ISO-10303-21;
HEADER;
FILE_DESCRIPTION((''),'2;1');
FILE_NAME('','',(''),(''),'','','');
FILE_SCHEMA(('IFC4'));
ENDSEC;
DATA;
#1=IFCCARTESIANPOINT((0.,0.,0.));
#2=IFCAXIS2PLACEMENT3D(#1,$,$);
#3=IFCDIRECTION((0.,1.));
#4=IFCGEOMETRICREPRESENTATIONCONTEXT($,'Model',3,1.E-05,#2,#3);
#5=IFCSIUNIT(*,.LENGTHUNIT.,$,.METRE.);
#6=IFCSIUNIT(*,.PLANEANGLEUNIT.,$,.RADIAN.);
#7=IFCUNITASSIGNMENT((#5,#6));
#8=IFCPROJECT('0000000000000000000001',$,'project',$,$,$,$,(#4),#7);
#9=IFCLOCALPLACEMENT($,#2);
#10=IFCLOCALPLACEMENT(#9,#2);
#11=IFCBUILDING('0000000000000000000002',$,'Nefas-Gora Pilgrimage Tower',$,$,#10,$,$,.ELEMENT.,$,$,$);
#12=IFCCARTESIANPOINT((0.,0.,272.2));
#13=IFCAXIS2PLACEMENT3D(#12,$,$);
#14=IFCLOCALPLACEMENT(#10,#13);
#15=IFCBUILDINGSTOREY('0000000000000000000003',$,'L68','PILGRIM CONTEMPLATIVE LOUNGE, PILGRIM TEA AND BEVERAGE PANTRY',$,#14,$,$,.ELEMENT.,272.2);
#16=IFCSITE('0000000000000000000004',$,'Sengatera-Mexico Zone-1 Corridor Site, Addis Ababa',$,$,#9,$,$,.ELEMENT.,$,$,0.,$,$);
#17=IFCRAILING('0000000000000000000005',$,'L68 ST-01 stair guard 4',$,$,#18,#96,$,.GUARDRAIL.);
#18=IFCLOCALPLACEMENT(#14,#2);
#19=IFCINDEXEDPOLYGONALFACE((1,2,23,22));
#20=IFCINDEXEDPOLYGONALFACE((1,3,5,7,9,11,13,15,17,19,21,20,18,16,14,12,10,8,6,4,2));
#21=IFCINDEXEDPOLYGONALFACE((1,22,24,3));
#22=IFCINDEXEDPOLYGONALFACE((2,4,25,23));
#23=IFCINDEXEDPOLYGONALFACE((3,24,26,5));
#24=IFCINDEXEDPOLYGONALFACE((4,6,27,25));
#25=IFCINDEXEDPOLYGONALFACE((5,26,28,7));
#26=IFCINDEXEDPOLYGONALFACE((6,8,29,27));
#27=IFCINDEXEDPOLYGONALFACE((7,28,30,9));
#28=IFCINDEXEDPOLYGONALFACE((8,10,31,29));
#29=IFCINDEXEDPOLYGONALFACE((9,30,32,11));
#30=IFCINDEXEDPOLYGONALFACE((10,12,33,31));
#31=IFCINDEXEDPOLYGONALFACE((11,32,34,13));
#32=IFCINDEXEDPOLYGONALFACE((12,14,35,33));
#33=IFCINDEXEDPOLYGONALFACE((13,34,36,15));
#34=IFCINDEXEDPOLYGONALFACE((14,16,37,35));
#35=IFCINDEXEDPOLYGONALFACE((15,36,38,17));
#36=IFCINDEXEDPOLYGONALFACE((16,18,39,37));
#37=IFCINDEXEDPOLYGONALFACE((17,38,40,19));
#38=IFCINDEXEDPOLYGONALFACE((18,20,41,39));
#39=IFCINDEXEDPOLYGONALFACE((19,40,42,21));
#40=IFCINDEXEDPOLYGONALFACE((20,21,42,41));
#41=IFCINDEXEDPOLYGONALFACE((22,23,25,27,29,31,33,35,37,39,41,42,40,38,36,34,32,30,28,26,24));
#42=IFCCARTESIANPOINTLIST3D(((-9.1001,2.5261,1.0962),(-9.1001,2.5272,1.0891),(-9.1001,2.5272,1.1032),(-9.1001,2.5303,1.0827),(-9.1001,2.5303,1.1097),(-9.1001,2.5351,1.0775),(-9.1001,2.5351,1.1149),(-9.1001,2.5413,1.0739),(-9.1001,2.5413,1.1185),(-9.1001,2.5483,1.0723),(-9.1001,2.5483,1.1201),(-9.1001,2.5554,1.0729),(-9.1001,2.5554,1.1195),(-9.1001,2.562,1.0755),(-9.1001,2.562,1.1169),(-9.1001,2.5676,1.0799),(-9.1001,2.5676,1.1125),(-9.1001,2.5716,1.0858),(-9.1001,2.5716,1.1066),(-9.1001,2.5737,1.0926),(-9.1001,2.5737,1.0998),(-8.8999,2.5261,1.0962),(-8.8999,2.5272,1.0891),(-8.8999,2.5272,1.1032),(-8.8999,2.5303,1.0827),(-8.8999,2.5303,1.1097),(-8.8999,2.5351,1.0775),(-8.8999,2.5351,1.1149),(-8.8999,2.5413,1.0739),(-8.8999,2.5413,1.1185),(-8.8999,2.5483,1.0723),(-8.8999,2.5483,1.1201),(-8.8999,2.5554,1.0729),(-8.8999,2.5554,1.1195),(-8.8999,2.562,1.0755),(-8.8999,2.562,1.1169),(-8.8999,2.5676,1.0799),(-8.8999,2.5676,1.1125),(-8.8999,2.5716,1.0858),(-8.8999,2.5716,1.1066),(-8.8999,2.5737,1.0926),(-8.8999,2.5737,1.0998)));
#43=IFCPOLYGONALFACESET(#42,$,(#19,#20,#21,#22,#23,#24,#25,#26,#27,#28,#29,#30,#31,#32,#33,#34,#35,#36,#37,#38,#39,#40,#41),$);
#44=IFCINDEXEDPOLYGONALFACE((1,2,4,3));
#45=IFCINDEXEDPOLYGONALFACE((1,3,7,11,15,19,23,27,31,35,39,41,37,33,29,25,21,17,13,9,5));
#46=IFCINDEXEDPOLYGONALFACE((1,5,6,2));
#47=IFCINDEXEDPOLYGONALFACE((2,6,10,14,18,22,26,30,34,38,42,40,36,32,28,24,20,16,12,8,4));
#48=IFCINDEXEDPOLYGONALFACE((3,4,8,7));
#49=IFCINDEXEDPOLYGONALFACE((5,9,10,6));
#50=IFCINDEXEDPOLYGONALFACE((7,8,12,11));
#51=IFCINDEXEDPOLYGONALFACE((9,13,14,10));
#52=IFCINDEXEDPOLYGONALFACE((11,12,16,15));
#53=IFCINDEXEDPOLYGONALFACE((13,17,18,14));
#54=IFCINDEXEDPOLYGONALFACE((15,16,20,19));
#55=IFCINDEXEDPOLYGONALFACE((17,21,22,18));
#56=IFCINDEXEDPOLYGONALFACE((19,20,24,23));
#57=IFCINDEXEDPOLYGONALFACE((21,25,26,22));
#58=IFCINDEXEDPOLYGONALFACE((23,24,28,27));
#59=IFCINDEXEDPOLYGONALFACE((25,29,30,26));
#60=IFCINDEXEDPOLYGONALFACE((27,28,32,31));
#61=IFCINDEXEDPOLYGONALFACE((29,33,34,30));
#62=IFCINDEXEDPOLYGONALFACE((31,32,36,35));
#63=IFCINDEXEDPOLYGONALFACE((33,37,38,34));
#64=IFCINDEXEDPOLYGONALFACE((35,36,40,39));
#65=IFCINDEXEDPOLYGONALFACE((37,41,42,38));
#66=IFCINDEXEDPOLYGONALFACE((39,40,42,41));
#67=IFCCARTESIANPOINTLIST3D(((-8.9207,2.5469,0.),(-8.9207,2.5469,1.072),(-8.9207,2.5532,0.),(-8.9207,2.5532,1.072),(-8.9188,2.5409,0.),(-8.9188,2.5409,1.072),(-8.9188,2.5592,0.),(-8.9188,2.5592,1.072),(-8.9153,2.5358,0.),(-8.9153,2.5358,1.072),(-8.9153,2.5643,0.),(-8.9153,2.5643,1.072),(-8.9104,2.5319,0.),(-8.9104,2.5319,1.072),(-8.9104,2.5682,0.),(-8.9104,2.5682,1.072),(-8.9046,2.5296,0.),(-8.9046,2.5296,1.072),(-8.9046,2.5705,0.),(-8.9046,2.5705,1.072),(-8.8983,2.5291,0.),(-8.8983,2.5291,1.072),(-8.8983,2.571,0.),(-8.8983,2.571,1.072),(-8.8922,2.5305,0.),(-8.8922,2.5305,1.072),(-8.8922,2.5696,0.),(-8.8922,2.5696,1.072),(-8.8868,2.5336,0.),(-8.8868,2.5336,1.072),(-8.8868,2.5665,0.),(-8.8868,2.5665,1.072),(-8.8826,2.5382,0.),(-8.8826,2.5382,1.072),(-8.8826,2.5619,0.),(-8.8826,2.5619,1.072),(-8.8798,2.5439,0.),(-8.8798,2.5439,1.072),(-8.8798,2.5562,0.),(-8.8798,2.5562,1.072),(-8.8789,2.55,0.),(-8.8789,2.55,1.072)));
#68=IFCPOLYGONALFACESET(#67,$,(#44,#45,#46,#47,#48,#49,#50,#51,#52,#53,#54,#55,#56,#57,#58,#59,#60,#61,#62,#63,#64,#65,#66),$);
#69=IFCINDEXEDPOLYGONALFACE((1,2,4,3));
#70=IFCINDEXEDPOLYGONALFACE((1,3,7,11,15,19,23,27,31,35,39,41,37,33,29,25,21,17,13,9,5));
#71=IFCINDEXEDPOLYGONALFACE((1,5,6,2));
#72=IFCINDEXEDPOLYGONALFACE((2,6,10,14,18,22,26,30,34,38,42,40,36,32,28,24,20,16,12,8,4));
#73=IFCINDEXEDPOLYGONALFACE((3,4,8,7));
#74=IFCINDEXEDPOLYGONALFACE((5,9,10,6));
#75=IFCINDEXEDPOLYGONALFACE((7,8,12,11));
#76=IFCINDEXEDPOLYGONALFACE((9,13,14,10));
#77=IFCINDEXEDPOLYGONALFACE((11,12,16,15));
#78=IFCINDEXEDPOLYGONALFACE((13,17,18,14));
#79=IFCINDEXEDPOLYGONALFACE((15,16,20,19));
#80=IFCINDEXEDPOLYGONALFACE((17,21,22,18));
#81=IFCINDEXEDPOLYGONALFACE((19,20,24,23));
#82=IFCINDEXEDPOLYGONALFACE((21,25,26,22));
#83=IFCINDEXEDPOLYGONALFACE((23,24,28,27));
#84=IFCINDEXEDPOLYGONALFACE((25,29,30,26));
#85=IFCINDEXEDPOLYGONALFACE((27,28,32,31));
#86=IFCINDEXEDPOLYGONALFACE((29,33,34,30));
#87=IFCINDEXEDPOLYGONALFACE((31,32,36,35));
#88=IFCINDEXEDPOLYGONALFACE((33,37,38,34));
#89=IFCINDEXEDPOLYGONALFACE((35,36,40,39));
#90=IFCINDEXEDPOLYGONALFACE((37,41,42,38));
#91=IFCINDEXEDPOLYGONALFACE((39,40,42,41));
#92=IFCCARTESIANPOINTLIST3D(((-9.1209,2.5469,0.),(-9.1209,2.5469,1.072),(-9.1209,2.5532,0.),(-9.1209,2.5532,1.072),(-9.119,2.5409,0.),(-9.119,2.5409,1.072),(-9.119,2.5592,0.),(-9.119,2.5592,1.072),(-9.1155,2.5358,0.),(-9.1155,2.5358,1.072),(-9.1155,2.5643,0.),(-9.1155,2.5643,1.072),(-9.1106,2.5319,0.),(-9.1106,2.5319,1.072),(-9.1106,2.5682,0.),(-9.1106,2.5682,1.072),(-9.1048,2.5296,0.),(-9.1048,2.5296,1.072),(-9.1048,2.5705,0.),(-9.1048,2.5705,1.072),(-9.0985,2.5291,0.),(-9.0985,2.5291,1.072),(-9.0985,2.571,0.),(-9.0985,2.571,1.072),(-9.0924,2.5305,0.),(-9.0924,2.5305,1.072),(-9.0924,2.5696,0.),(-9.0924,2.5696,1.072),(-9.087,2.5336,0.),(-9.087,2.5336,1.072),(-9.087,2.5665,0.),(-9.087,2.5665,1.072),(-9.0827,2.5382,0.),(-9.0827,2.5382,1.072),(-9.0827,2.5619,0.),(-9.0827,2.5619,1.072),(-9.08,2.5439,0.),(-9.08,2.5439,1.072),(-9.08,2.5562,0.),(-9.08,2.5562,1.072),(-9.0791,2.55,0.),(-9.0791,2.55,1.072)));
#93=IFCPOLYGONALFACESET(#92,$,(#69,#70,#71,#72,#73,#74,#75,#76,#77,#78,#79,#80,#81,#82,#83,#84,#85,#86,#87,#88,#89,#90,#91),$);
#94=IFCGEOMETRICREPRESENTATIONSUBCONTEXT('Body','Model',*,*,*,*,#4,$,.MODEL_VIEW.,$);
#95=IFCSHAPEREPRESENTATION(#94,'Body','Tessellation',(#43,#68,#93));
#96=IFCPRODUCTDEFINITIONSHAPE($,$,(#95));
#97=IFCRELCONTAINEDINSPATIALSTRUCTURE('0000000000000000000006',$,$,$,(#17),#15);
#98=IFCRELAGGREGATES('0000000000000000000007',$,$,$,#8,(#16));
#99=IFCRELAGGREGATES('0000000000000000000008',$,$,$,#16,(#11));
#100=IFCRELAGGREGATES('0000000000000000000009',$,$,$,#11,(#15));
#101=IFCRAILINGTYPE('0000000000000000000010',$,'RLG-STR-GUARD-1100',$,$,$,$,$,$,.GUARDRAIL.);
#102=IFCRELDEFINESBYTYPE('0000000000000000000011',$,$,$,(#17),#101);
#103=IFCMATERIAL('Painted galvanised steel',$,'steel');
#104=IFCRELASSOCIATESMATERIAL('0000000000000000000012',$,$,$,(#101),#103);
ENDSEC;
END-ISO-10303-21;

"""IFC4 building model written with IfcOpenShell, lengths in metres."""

from ifc_helpers import new_model, si_unit, direction, frame, origin, origin_2d, place, context, subcontext, project, spatial, circle, extrude, material, type_object, element, save


model = new_model("IFC4")

# Units and contexts
model_context = context("Model", 3, precision=1e-05, world=origin(), true_north=direction((0.0, 1.0)))
body_context = subcontext(model_context, "Body", "Model", "MODEL_VIEW")
ifc_project = project(units=[si_unit("LENGTHUNIT", "METRE"), si_unit("PLANEANGLEUNIT", "RADIAN")], contexts=[model_context])

# Site, building, storey
site_placement = place(None, origin())
site = spatial("IfcSite", under=ifc_project, at=site_placement, Name="Sengatera-Mexico Zone-1 Corridor Site, Addis Ababa", CompositionType="ELEMENT", RefElevation=0.0)
building_placement = place(site_placement, origin())
building = spatial("IfcBuilding", under=site, at=building_placement, Name="Nefas-Gora Pilgrimage Tower", CompositionType="ELEMENT")
storey_placement = place(building_placement, frame((0.0, 0.0, 272.2)))
storey = spatial("IfcBuildingStorey", under=building, at=storey_placement, Name="L68", Description="PILGRIM CONTEMPLATIVE LOUNGE, PILGRIM TEA AND BEVERAGE PANTRY", CompositionType="ELEMENT", Elevation=272.2)

# Railing
ifc_material_1 = material(Name="Painted galvanised steel", Category="steel")
railing_type_1 = type_object("IfcRailingType", Name="RLG-STR-GUARD-1100", PredefinedType="GUARDRAIL", material=ifc_material_1)
railing_1_placement = place(storey_placement, frame((-8.8999, 2.55, 0.0)))
element("IfcRailing", 1, at=railing_1_placement, inside=storey, type_object=railing_type_1, Name="L68 ST-01 stair guard 4", PredefinedType="GUARDRAIL", context=body_context, shape_type="SweptSolid", body=[
    extrude(circle(Radius=0.0239, at=origin_2d()), frame((0.0, 0.0, 1.0962), z_axis=(-1.0, 0.0, 0.0), x_axis=(0.0, -1.0, 0.0)), (0.0, 0.0, 1.0), 0.2002),
    extrude(circle(Radius=0.021, at=origin_2d()), origin(), (0.0, 0.0, 1.0), 1.072),
    extrude(circle(Radius=0.021, at=origin_2d()), frame((-0.2002, 0.0, 0.0)), (0.0, 0.0, 1.0), 1.072),
])

save(model, "model.ifc")
